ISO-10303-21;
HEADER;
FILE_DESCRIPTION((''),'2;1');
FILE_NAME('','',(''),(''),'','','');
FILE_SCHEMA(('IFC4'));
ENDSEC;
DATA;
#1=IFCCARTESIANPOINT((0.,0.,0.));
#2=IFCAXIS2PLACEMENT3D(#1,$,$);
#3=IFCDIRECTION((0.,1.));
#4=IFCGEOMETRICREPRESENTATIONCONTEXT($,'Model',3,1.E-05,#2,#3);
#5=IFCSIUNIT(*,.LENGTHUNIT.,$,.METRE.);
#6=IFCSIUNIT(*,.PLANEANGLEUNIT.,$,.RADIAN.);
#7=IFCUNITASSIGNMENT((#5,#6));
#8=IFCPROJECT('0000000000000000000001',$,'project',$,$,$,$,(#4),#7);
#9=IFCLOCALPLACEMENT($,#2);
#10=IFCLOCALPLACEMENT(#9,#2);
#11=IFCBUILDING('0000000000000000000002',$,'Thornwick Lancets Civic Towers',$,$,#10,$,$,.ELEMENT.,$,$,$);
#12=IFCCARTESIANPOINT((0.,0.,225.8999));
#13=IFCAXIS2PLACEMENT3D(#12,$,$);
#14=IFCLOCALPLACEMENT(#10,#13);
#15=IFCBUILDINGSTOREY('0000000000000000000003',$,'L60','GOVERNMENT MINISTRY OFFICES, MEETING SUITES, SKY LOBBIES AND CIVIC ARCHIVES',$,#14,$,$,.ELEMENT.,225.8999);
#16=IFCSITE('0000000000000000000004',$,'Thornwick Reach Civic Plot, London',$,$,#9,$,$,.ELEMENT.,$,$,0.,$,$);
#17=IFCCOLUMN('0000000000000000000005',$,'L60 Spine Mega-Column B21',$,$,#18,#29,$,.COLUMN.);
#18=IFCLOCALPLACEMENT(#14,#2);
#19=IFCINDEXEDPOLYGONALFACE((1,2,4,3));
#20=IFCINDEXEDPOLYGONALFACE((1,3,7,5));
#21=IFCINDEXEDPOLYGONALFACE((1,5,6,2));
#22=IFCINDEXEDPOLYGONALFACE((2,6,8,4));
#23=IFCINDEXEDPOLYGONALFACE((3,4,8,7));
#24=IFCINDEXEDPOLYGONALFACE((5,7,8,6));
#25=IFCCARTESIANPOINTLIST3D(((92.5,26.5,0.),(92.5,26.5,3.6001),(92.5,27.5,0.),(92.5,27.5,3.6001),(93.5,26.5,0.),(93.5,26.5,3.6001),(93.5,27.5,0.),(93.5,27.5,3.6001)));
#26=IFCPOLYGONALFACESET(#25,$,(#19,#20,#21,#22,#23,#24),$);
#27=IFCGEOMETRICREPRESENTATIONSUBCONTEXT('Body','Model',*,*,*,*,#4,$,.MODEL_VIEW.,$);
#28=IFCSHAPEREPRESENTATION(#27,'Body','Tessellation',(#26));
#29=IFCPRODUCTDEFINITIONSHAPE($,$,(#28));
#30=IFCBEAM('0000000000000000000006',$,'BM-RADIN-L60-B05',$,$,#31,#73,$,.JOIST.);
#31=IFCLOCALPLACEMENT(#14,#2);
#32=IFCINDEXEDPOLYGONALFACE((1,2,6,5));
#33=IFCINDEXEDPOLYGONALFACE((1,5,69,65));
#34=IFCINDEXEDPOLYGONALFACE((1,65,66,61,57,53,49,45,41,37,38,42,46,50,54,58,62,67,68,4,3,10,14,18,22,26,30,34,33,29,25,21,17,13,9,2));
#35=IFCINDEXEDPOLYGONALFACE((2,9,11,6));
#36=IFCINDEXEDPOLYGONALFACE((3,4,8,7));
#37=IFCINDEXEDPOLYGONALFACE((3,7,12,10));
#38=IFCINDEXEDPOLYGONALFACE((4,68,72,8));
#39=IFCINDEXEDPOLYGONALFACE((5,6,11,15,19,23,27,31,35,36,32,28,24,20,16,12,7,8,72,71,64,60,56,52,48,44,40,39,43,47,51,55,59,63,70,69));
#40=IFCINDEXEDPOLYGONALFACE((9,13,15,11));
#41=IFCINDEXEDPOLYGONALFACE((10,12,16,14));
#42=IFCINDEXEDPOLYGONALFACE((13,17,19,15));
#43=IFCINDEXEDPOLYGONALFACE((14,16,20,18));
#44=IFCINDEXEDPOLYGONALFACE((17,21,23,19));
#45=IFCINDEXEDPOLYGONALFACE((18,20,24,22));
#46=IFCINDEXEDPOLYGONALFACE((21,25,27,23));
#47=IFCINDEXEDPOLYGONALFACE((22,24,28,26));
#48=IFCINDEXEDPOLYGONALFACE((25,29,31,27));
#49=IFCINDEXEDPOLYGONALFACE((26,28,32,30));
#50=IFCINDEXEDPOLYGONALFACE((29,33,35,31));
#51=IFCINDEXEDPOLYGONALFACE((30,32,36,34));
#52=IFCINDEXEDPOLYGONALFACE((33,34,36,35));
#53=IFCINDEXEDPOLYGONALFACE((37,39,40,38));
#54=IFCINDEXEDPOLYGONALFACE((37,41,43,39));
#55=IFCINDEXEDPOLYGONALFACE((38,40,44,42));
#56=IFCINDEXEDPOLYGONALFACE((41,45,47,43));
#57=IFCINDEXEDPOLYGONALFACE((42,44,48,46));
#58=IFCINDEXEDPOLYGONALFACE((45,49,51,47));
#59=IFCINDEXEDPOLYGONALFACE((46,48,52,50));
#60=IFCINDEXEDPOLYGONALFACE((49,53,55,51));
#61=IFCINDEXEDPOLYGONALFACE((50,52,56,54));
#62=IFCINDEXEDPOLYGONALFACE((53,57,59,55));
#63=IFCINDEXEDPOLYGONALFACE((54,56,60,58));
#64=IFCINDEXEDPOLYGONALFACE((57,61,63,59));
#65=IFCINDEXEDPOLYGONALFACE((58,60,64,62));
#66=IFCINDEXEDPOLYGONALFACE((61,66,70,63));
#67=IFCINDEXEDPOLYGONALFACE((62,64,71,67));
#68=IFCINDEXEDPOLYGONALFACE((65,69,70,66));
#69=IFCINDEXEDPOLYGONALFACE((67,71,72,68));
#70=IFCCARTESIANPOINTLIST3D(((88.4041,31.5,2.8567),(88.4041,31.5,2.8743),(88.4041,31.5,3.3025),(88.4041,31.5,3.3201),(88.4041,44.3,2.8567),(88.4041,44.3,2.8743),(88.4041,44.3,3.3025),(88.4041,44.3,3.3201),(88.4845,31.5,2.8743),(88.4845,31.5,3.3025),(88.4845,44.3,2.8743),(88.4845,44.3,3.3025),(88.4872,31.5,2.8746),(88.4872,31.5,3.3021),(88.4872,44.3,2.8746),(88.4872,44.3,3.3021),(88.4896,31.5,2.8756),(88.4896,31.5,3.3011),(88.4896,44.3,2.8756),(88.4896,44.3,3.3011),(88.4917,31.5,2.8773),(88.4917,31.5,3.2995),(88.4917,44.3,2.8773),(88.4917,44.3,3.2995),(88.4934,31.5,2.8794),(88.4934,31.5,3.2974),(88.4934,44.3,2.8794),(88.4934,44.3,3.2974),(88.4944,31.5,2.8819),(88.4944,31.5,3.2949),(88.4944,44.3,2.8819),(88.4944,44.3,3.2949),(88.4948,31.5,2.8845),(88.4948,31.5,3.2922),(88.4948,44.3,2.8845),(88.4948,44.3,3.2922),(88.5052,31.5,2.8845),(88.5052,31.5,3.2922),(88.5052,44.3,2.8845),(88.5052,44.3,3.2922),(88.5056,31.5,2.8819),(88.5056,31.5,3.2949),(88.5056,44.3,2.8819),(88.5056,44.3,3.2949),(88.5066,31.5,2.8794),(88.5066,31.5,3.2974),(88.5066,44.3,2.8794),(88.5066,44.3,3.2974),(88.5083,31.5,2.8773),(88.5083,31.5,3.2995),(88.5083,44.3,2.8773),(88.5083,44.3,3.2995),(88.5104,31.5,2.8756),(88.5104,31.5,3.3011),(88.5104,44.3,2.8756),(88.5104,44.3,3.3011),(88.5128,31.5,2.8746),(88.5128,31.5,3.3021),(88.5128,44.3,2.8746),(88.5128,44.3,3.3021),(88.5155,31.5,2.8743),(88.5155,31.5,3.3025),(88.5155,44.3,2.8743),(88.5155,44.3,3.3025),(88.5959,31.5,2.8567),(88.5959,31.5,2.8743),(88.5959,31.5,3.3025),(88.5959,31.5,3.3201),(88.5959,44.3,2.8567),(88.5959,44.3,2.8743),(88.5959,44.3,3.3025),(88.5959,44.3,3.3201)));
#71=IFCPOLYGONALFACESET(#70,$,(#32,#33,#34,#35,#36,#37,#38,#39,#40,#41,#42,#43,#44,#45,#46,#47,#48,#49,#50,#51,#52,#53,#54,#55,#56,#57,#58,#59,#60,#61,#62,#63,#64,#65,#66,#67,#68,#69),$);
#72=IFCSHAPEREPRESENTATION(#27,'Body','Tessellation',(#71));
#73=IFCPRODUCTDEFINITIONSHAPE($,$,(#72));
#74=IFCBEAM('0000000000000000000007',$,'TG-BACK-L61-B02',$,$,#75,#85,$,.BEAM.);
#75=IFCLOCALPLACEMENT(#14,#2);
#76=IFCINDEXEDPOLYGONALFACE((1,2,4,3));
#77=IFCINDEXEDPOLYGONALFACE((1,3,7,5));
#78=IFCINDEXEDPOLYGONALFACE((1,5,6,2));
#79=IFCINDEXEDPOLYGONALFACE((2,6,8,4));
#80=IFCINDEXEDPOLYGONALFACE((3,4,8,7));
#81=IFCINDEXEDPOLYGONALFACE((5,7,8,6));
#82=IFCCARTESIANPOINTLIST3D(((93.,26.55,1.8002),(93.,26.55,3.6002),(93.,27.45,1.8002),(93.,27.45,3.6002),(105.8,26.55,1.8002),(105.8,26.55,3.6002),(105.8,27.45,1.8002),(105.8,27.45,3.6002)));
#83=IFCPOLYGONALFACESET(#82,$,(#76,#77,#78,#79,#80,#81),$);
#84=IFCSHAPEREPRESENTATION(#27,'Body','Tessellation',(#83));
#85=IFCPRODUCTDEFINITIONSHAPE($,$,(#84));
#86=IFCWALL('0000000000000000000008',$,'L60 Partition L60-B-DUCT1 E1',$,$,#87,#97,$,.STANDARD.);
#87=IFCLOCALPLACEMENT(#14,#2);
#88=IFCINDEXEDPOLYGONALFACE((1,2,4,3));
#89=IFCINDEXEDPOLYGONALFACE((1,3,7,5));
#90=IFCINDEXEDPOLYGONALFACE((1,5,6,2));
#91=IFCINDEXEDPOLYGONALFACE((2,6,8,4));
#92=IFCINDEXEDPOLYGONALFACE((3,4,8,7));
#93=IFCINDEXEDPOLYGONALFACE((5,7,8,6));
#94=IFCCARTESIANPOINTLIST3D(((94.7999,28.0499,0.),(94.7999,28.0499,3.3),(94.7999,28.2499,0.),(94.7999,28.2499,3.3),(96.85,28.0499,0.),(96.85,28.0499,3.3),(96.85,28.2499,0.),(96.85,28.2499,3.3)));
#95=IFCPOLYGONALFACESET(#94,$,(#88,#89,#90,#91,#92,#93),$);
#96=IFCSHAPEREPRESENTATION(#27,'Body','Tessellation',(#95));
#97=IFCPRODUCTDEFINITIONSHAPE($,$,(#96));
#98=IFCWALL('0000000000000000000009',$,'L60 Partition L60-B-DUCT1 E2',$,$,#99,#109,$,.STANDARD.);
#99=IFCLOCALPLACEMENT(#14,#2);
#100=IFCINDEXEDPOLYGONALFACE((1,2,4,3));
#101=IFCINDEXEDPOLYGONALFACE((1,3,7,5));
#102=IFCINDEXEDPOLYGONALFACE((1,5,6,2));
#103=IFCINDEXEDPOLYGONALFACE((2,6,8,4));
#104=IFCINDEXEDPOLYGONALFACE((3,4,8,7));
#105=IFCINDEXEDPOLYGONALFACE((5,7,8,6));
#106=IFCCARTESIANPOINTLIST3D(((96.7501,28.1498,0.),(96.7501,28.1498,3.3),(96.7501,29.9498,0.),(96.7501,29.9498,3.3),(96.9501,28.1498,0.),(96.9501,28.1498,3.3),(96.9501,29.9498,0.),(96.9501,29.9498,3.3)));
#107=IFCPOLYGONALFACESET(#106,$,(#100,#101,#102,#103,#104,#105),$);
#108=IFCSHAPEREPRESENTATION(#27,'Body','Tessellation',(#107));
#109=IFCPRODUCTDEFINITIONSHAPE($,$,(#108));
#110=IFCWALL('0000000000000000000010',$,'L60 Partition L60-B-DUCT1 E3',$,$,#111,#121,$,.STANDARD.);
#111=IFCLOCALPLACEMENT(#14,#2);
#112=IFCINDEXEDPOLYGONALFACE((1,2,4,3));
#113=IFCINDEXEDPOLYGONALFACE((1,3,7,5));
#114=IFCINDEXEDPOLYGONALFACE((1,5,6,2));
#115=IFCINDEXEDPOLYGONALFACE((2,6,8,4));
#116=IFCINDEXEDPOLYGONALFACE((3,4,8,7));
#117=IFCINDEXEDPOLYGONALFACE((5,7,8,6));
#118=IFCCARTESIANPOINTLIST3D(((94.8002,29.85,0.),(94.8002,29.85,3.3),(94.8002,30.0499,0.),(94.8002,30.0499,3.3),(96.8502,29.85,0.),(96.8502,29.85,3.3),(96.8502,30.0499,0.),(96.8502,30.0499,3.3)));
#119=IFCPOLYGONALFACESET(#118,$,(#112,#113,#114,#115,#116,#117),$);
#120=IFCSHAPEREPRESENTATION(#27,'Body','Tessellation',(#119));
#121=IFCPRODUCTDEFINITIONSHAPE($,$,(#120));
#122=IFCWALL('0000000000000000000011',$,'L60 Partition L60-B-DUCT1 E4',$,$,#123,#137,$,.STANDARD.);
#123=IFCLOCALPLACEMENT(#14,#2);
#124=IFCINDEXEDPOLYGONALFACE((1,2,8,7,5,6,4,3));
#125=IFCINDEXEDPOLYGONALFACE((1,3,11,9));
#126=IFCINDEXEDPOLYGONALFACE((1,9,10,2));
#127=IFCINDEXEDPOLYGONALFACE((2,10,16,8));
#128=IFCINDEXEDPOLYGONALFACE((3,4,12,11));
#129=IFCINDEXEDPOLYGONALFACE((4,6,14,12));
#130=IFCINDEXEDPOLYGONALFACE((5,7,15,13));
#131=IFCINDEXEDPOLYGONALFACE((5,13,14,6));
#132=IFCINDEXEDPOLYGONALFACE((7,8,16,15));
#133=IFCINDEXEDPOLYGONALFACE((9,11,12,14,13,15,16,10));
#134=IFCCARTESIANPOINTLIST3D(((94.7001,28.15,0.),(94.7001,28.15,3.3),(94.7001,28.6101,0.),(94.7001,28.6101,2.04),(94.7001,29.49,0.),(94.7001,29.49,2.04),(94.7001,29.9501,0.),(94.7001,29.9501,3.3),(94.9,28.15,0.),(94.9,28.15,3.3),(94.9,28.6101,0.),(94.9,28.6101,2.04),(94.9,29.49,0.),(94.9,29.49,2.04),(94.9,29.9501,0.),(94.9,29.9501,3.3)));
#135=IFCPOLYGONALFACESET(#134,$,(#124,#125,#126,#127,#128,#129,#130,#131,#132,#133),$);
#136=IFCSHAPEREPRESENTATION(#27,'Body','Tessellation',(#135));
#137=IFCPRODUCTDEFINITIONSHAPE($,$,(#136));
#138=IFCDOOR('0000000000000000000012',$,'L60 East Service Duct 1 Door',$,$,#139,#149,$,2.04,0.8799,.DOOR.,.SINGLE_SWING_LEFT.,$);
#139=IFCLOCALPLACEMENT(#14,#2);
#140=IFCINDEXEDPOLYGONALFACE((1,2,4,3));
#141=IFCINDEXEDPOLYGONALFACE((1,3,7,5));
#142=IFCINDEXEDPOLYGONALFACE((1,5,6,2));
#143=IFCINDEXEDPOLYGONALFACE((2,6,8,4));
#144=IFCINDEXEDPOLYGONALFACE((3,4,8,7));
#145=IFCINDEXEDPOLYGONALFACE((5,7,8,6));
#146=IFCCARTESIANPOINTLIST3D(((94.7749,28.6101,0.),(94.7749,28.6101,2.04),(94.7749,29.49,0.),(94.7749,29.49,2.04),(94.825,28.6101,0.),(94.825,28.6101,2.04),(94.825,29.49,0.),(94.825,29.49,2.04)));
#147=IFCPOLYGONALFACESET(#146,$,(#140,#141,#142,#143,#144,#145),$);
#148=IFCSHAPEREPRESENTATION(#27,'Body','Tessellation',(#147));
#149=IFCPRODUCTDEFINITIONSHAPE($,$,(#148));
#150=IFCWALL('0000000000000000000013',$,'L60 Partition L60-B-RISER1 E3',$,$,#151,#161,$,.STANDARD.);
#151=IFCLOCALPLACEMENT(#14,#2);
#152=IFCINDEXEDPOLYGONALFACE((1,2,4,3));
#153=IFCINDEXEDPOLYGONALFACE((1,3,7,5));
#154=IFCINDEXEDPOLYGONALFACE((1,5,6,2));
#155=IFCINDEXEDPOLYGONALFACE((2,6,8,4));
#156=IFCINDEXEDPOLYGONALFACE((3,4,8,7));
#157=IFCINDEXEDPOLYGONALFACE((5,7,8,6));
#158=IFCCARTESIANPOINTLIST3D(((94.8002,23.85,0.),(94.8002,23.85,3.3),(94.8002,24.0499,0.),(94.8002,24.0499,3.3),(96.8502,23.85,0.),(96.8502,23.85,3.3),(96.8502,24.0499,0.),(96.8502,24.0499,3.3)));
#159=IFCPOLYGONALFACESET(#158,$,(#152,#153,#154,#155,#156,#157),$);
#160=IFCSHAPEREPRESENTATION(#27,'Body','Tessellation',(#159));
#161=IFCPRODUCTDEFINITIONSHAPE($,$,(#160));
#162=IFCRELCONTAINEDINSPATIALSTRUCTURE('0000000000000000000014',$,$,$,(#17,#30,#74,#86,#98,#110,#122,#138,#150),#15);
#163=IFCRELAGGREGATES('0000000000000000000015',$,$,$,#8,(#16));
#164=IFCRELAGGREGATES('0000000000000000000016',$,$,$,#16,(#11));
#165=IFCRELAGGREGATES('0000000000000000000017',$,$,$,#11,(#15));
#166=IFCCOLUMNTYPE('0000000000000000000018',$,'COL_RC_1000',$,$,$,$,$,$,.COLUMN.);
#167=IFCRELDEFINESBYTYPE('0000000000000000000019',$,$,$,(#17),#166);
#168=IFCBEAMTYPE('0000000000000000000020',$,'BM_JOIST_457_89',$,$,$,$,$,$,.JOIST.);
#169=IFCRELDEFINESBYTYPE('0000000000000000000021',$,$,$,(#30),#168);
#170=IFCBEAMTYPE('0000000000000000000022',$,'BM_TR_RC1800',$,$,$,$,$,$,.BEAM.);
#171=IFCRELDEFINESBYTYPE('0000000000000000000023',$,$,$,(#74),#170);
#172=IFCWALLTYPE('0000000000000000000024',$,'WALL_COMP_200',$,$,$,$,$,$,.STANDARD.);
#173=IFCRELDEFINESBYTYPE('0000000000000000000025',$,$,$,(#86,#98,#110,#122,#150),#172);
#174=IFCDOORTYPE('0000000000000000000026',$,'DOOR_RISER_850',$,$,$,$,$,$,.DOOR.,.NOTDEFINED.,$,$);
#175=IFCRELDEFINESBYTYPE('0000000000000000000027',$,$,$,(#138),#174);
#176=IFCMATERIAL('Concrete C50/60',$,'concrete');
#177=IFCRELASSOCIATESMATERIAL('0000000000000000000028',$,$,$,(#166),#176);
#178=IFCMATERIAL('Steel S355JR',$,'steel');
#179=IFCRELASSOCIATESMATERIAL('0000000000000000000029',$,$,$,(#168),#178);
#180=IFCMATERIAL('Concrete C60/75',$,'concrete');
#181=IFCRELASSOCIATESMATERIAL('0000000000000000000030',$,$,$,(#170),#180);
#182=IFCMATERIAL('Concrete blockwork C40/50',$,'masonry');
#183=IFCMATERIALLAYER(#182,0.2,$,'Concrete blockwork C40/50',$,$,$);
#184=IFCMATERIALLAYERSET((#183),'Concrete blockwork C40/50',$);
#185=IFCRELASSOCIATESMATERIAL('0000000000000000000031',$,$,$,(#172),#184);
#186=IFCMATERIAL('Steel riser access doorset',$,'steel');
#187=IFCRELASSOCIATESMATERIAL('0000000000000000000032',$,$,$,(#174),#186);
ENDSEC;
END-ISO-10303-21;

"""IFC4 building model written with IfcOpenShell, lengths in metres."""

from ifc_helpers import new_model, si_unit, direction, frame, frame_2d, origin, origin_2d, place, context, subcontext, project, spatial, rectangle, i_section, extrude, material, layer, layer_set, material_profile, profile_set, type_object, element, fill, save


model = new_model("IFC4")

# Units and contexts
model_context = context("Model", 3, precision=1e-05, world=origin(), true_north=direction((0.0, 1.0)))
body_context = subcontext(model_context, "Body", "Model", "MODEL_VIEW")
ifc_project = project(units=[si_unit("LENGTHUNIT", "METRE"), si_unit("PLANEANGLEUNIT", "RADIAN")], contexts=[model_context])

# Site, building, storey
site_placement = place(None, origin())
site = spatial("IfcSite", under=ifc_project, at=site_placement, Name="Thornwick Reach Civic Plot, London", CompositionType="ELEMENT", RefElevation=0.0)
building_placement = place(site_placement, origin())
building = spatial("IfcBuilding", under=site, at=building_placement, Name="Thornwick Lancets Civic Towers", CompositionType="ELEMENT")
storey_placement = place(building_placement, frame((0.0, 0.0, 225.8999)))
storey = spatial("IfcBuildingStorey", under=building, at=storey_placement, Name="L60", Description="GOVERNMENT MINISTRY OFFICES, MEETING SUITES, SKY LOBBIES AND CIVIC ARCHIVES", CompositionType="ELEMENT", Elevation=225.8999)

# Column
ifc_material_1 = material(Name="Concrete C50/60", Category="concrete")
ifc_material_profile_1 = material_profile(ifc_material_1, rectangle(XDim=1.0, YDim=1.0, at=origin_2d()), Name="RC 1000x1000")
ifc_profile_set_1 = profile_set([ifc_material_profile_1], Name="Concrete C50/60")
column_type = type_object("IfcColumnType", Name="COL_RC_1000", PredefinedType="COLUMN", material=ifc_profile_set_1)
column_placement = place(storey_placement, frame((93.0, 27.0, 0.0), z_axis=(0.0, 0.0, 1.0), x_axis=(1.0, 0.0, 0.0)))
element("IfcColumn", 1, at=column_placement, inside=storey, type_object=column_type, Name="L60 Spine Mega-Column B21", PredefinedType="COLUMN", context=body_context, shape_type="SweptSolid", body=[
    extrude(rectangle(XDim=1.0, YDim=1.0, at=origin_2d()), origin(), (0.0, 0.0, 1.0), 3.6001),
])

# Beams
ifc_material_2 = material(Name="Steel S355JR", Category="steel")
ifc_material_profile_2 = material_profile(ifc_material_2, i_section(OverallWidth=0.1919, OverallDepth=0.4634, WebThickness=0.0105, FlangeThickness=0.0176, FilletRadius=0.0103, at=origin_2d()), Name="UKB 457x191x89")
ifc_profile_set_2 = profile_set([ifc_material_profile_2], Name="Steel S355JR")
beam_type_1 = type_object("IfcBeamType", Name="BM_JOIST_457_89", PredefinedType="JOIST", material=ifc_profile_set_2)
beam_1_placement = place(storey_placement, frame((88.5, 31.5, 3.0884), z_axis=(0.0, 1.0, 0.0), x_axis=(-1.0, 0.0, 0.0)))
element("IfcBeam", 2, at=beam_1_placement, inside=storey, type_object=beam_type_1, Name="BM-RADIN-L60-B05", PredefinedType="JOIST", context=body_context, shape_type="SweptSolid", body=[
    extrude(i_section(OverallWidth=0.1919, OverallDepth=0.4634, WebThickness=0.0105, FlangeThickness=0.0176, FilletRadius=0.0103, at=origin_2d()), origin(), (0.0, 0.0, 1.0), 12.8),
])
ifc_material_3 = material(Name="Concrete C60/75", Category="concrete")
ifc_material_profile_3 = material_profile(ifc_material_3, rectangle(XDim=0.8999, YDim=1.8, at=origin_2d()), Name="RC 900x1800")
ifc_profile_set_3 = profile_set([ifc_material_profile_3], Name="Concrete C60/75")
beam_type_2 = type_object("IfcBeamType", Name="BM_TR_RC1800", PredefinedType="BEAM", material=ifc_profile_set_3)
beam_2_placement = place(storey_placement, frame((93.0, 27.0, 2.7002), z_axis=(1.0, 0.0, 0.0), x_axis=(0.0, 1.0, 0.0)))
element("IfcBeam", 3, at=beam_2_placement, inside=storey, type_object=beam_type_2, Name="TG-BACK-L61-B02", PredefinedType="BEAM", context=body_context, shape_type="SweptSolid", body=[
    extrude(rectangle(XDim=0.8999, YDim=1.8, at=origin_2d()), origin(), (0.0, 0.0, 1.0), 12.8),
])

# Walls
ifc_material_4 = material(Name="Concrete blockwork C40/50", Category="masonry")
ifc_layer_1 = layer(ifc_material_4, 0.2, Name="Concrete blockwork C40/50")
ifc_layer_set_1 = layer_set([ifc_layer_1], Name="Concrete blockwork C40/50")
wall_type_1 = type_object("IfcWallType", Name="WALL_COMP_200", PredefinedType="STANDARD", material=ifc_layer_set_1)
wall_1_placement = place(storey_placement, frame((94.8, 28.1499, 0.0), z_axis=(0.0, 0.0, 1.0), x_axis=(1.0, 0.0, 0.0)))
element("IfcWall", 4, at=wall_1_placement, inside=storey, type_object=wall_type_1, Name="L60 Partition L60-B-DUCT1 E1", PredefinedType="STANDARD", context=body_context, shape_type="SweptSolid", body=[
    extrude(rectangle(XDim=2.05, YDim=0.2, at=frame_2d((1.0249, 0.0))), origin(), (0.0, 0.0, 1.0), 3.3),
])
wall_2_placement = place(storey_placement, frame((96.8501, 28.1499, 0.0), z_axis=(0.0, 0.0, 1.0), x_axis=(0.0, 1.0, 0.0)))
element("IfcWall", 5, at=wall_2_placement, inside=storey, type_object=wall_type_1, Name="L60 Partition L60-B-DUCT1 E2", PredefinedType="STANDARD", context=body_context, shape_type="SweptSolid", body=[
    extrude(rectangle(XDim=1.8, YDim=0.2, at=frame_2d((0.8999, 0.0))), origin(), (0.0, 0.0, 1.0), 3.3),
])
wall_3_placement = place(storey_placement, frame((96.8501, 29.95, 0.0), z_axis=(0.0, 0.0, 1.0), x_axis=(-1.0, 0.0, 0.0)))
element("IfcWall", 6, at=wall_3_placement, inside=storey, type_object=wall_type_1, Name="L60 Partition L60-B-DUCT1 E3", PredefinedType="STANDARD", context=body_context, shape_type="SweptSolid", body=[
    extrude(rectangle(XDim=2.05, YDim=0.2, at=frame_2d((1.0249, 0.0))), origin(), (0.0, 0.0, 1.0), 3.3),
])

# Wall, opening, door
wall_4_placement = place(storey_placement, frame((94.8, 29.95, 0.0), z_axis=(0.0, 0.0, 1.0), x_axis=(0.0, -1.0, 0.0)))
wall_4 = element("IfcWall", 7, at=wall_4_placement, inside=storey, type_object=wall_type_1, Name="L60 Partition L60-B-DUCT1 E4", PredefinedType="STANDARD", context=body_context, shape_type="SweptSolid", body=[
    extrude(rectangle(XDim=1.8, YDim=0.2, at=frame_2d((0.8999, 0.0))), origin(), (0.0, 0.0, 1.0), 3.3),
])
opening_1_placement = place(wall_4_placement, frame((0.46, 0.0, 0.0)))
opening_1 = element("IfcOpeningElement", 8, at=opening_1_placement, cuts=wall_4, PredefinedType="OPENING", context=body_context, shape_type="SweptSolid", body=[
    extrude(rectangle(XDim=0.8799, YDim=2.04, at=frame_2d((0.4399, 1.02))), frame((0.0, 0.1099, 0.0), z_axis=(0.0, -1.0, 0.0), x_axis=(1.0, 0.0, 0.0)), (0.0, 0.0, 1.0), 0.22),
])
ifc_material_5 = material(Name="Steel riser access doorset", Category="steel")
door_type_1 = type_object("IfcDoorType", Name="DOOR_RISER_850", OperationType="NOTDEFINED", PredefinedType="DOOR", material=ifc_material_5)
door_1_placement = place(opening_1_placement, origin())
door_1 = element("IfcDoor", 9, at=door_1_placement, inside=storey, type_object=door_type_1, Name="L60 East Service Duct 1 Door", OperationType="SINGLE_SWING_LEFT", OverallHeight=2.04, OverallWidth=0.8799, PredefinedType="DOOR", context=body_context, shape_type="SweptSolid", body=[
    extrude(rectangle(XDim=0.8799, YDim=2.04, at=frame_2d((0.4399, 1.02))), frame((0.0, 0.0249, 0.0), z_axis=(0.0, -1.0, 0.0), x_axis=(1.0, 0.0, 0.0)), (0.0, 0.0, 1.0), 0.05),
])
fill(opening_1, door_1)

# Wall
wall_5_placement = place(storey_placement, frame((96.8501, 23.95, 0.0), z_axis=(0.0, 0.0, 1.0), x_axis=(-1.0, 0.0, 0.0)))
element("IfcWall", 10, at=wall_5_placement, inside=storey, type_object=wall_type_1, Name="L60 Partition L60-B-RISER1 E3", PredefinedType="STANDARD", context=body_context, shape_type="SweptSolid", body=[
    extrude(rectangle(XDim=2.05, YDim=0.2, at=frame_2d((1.0249, 0.0))), origin(), (0.0, 0.0, 1.0), 3.3),
])

save(model, "model.ifc")
